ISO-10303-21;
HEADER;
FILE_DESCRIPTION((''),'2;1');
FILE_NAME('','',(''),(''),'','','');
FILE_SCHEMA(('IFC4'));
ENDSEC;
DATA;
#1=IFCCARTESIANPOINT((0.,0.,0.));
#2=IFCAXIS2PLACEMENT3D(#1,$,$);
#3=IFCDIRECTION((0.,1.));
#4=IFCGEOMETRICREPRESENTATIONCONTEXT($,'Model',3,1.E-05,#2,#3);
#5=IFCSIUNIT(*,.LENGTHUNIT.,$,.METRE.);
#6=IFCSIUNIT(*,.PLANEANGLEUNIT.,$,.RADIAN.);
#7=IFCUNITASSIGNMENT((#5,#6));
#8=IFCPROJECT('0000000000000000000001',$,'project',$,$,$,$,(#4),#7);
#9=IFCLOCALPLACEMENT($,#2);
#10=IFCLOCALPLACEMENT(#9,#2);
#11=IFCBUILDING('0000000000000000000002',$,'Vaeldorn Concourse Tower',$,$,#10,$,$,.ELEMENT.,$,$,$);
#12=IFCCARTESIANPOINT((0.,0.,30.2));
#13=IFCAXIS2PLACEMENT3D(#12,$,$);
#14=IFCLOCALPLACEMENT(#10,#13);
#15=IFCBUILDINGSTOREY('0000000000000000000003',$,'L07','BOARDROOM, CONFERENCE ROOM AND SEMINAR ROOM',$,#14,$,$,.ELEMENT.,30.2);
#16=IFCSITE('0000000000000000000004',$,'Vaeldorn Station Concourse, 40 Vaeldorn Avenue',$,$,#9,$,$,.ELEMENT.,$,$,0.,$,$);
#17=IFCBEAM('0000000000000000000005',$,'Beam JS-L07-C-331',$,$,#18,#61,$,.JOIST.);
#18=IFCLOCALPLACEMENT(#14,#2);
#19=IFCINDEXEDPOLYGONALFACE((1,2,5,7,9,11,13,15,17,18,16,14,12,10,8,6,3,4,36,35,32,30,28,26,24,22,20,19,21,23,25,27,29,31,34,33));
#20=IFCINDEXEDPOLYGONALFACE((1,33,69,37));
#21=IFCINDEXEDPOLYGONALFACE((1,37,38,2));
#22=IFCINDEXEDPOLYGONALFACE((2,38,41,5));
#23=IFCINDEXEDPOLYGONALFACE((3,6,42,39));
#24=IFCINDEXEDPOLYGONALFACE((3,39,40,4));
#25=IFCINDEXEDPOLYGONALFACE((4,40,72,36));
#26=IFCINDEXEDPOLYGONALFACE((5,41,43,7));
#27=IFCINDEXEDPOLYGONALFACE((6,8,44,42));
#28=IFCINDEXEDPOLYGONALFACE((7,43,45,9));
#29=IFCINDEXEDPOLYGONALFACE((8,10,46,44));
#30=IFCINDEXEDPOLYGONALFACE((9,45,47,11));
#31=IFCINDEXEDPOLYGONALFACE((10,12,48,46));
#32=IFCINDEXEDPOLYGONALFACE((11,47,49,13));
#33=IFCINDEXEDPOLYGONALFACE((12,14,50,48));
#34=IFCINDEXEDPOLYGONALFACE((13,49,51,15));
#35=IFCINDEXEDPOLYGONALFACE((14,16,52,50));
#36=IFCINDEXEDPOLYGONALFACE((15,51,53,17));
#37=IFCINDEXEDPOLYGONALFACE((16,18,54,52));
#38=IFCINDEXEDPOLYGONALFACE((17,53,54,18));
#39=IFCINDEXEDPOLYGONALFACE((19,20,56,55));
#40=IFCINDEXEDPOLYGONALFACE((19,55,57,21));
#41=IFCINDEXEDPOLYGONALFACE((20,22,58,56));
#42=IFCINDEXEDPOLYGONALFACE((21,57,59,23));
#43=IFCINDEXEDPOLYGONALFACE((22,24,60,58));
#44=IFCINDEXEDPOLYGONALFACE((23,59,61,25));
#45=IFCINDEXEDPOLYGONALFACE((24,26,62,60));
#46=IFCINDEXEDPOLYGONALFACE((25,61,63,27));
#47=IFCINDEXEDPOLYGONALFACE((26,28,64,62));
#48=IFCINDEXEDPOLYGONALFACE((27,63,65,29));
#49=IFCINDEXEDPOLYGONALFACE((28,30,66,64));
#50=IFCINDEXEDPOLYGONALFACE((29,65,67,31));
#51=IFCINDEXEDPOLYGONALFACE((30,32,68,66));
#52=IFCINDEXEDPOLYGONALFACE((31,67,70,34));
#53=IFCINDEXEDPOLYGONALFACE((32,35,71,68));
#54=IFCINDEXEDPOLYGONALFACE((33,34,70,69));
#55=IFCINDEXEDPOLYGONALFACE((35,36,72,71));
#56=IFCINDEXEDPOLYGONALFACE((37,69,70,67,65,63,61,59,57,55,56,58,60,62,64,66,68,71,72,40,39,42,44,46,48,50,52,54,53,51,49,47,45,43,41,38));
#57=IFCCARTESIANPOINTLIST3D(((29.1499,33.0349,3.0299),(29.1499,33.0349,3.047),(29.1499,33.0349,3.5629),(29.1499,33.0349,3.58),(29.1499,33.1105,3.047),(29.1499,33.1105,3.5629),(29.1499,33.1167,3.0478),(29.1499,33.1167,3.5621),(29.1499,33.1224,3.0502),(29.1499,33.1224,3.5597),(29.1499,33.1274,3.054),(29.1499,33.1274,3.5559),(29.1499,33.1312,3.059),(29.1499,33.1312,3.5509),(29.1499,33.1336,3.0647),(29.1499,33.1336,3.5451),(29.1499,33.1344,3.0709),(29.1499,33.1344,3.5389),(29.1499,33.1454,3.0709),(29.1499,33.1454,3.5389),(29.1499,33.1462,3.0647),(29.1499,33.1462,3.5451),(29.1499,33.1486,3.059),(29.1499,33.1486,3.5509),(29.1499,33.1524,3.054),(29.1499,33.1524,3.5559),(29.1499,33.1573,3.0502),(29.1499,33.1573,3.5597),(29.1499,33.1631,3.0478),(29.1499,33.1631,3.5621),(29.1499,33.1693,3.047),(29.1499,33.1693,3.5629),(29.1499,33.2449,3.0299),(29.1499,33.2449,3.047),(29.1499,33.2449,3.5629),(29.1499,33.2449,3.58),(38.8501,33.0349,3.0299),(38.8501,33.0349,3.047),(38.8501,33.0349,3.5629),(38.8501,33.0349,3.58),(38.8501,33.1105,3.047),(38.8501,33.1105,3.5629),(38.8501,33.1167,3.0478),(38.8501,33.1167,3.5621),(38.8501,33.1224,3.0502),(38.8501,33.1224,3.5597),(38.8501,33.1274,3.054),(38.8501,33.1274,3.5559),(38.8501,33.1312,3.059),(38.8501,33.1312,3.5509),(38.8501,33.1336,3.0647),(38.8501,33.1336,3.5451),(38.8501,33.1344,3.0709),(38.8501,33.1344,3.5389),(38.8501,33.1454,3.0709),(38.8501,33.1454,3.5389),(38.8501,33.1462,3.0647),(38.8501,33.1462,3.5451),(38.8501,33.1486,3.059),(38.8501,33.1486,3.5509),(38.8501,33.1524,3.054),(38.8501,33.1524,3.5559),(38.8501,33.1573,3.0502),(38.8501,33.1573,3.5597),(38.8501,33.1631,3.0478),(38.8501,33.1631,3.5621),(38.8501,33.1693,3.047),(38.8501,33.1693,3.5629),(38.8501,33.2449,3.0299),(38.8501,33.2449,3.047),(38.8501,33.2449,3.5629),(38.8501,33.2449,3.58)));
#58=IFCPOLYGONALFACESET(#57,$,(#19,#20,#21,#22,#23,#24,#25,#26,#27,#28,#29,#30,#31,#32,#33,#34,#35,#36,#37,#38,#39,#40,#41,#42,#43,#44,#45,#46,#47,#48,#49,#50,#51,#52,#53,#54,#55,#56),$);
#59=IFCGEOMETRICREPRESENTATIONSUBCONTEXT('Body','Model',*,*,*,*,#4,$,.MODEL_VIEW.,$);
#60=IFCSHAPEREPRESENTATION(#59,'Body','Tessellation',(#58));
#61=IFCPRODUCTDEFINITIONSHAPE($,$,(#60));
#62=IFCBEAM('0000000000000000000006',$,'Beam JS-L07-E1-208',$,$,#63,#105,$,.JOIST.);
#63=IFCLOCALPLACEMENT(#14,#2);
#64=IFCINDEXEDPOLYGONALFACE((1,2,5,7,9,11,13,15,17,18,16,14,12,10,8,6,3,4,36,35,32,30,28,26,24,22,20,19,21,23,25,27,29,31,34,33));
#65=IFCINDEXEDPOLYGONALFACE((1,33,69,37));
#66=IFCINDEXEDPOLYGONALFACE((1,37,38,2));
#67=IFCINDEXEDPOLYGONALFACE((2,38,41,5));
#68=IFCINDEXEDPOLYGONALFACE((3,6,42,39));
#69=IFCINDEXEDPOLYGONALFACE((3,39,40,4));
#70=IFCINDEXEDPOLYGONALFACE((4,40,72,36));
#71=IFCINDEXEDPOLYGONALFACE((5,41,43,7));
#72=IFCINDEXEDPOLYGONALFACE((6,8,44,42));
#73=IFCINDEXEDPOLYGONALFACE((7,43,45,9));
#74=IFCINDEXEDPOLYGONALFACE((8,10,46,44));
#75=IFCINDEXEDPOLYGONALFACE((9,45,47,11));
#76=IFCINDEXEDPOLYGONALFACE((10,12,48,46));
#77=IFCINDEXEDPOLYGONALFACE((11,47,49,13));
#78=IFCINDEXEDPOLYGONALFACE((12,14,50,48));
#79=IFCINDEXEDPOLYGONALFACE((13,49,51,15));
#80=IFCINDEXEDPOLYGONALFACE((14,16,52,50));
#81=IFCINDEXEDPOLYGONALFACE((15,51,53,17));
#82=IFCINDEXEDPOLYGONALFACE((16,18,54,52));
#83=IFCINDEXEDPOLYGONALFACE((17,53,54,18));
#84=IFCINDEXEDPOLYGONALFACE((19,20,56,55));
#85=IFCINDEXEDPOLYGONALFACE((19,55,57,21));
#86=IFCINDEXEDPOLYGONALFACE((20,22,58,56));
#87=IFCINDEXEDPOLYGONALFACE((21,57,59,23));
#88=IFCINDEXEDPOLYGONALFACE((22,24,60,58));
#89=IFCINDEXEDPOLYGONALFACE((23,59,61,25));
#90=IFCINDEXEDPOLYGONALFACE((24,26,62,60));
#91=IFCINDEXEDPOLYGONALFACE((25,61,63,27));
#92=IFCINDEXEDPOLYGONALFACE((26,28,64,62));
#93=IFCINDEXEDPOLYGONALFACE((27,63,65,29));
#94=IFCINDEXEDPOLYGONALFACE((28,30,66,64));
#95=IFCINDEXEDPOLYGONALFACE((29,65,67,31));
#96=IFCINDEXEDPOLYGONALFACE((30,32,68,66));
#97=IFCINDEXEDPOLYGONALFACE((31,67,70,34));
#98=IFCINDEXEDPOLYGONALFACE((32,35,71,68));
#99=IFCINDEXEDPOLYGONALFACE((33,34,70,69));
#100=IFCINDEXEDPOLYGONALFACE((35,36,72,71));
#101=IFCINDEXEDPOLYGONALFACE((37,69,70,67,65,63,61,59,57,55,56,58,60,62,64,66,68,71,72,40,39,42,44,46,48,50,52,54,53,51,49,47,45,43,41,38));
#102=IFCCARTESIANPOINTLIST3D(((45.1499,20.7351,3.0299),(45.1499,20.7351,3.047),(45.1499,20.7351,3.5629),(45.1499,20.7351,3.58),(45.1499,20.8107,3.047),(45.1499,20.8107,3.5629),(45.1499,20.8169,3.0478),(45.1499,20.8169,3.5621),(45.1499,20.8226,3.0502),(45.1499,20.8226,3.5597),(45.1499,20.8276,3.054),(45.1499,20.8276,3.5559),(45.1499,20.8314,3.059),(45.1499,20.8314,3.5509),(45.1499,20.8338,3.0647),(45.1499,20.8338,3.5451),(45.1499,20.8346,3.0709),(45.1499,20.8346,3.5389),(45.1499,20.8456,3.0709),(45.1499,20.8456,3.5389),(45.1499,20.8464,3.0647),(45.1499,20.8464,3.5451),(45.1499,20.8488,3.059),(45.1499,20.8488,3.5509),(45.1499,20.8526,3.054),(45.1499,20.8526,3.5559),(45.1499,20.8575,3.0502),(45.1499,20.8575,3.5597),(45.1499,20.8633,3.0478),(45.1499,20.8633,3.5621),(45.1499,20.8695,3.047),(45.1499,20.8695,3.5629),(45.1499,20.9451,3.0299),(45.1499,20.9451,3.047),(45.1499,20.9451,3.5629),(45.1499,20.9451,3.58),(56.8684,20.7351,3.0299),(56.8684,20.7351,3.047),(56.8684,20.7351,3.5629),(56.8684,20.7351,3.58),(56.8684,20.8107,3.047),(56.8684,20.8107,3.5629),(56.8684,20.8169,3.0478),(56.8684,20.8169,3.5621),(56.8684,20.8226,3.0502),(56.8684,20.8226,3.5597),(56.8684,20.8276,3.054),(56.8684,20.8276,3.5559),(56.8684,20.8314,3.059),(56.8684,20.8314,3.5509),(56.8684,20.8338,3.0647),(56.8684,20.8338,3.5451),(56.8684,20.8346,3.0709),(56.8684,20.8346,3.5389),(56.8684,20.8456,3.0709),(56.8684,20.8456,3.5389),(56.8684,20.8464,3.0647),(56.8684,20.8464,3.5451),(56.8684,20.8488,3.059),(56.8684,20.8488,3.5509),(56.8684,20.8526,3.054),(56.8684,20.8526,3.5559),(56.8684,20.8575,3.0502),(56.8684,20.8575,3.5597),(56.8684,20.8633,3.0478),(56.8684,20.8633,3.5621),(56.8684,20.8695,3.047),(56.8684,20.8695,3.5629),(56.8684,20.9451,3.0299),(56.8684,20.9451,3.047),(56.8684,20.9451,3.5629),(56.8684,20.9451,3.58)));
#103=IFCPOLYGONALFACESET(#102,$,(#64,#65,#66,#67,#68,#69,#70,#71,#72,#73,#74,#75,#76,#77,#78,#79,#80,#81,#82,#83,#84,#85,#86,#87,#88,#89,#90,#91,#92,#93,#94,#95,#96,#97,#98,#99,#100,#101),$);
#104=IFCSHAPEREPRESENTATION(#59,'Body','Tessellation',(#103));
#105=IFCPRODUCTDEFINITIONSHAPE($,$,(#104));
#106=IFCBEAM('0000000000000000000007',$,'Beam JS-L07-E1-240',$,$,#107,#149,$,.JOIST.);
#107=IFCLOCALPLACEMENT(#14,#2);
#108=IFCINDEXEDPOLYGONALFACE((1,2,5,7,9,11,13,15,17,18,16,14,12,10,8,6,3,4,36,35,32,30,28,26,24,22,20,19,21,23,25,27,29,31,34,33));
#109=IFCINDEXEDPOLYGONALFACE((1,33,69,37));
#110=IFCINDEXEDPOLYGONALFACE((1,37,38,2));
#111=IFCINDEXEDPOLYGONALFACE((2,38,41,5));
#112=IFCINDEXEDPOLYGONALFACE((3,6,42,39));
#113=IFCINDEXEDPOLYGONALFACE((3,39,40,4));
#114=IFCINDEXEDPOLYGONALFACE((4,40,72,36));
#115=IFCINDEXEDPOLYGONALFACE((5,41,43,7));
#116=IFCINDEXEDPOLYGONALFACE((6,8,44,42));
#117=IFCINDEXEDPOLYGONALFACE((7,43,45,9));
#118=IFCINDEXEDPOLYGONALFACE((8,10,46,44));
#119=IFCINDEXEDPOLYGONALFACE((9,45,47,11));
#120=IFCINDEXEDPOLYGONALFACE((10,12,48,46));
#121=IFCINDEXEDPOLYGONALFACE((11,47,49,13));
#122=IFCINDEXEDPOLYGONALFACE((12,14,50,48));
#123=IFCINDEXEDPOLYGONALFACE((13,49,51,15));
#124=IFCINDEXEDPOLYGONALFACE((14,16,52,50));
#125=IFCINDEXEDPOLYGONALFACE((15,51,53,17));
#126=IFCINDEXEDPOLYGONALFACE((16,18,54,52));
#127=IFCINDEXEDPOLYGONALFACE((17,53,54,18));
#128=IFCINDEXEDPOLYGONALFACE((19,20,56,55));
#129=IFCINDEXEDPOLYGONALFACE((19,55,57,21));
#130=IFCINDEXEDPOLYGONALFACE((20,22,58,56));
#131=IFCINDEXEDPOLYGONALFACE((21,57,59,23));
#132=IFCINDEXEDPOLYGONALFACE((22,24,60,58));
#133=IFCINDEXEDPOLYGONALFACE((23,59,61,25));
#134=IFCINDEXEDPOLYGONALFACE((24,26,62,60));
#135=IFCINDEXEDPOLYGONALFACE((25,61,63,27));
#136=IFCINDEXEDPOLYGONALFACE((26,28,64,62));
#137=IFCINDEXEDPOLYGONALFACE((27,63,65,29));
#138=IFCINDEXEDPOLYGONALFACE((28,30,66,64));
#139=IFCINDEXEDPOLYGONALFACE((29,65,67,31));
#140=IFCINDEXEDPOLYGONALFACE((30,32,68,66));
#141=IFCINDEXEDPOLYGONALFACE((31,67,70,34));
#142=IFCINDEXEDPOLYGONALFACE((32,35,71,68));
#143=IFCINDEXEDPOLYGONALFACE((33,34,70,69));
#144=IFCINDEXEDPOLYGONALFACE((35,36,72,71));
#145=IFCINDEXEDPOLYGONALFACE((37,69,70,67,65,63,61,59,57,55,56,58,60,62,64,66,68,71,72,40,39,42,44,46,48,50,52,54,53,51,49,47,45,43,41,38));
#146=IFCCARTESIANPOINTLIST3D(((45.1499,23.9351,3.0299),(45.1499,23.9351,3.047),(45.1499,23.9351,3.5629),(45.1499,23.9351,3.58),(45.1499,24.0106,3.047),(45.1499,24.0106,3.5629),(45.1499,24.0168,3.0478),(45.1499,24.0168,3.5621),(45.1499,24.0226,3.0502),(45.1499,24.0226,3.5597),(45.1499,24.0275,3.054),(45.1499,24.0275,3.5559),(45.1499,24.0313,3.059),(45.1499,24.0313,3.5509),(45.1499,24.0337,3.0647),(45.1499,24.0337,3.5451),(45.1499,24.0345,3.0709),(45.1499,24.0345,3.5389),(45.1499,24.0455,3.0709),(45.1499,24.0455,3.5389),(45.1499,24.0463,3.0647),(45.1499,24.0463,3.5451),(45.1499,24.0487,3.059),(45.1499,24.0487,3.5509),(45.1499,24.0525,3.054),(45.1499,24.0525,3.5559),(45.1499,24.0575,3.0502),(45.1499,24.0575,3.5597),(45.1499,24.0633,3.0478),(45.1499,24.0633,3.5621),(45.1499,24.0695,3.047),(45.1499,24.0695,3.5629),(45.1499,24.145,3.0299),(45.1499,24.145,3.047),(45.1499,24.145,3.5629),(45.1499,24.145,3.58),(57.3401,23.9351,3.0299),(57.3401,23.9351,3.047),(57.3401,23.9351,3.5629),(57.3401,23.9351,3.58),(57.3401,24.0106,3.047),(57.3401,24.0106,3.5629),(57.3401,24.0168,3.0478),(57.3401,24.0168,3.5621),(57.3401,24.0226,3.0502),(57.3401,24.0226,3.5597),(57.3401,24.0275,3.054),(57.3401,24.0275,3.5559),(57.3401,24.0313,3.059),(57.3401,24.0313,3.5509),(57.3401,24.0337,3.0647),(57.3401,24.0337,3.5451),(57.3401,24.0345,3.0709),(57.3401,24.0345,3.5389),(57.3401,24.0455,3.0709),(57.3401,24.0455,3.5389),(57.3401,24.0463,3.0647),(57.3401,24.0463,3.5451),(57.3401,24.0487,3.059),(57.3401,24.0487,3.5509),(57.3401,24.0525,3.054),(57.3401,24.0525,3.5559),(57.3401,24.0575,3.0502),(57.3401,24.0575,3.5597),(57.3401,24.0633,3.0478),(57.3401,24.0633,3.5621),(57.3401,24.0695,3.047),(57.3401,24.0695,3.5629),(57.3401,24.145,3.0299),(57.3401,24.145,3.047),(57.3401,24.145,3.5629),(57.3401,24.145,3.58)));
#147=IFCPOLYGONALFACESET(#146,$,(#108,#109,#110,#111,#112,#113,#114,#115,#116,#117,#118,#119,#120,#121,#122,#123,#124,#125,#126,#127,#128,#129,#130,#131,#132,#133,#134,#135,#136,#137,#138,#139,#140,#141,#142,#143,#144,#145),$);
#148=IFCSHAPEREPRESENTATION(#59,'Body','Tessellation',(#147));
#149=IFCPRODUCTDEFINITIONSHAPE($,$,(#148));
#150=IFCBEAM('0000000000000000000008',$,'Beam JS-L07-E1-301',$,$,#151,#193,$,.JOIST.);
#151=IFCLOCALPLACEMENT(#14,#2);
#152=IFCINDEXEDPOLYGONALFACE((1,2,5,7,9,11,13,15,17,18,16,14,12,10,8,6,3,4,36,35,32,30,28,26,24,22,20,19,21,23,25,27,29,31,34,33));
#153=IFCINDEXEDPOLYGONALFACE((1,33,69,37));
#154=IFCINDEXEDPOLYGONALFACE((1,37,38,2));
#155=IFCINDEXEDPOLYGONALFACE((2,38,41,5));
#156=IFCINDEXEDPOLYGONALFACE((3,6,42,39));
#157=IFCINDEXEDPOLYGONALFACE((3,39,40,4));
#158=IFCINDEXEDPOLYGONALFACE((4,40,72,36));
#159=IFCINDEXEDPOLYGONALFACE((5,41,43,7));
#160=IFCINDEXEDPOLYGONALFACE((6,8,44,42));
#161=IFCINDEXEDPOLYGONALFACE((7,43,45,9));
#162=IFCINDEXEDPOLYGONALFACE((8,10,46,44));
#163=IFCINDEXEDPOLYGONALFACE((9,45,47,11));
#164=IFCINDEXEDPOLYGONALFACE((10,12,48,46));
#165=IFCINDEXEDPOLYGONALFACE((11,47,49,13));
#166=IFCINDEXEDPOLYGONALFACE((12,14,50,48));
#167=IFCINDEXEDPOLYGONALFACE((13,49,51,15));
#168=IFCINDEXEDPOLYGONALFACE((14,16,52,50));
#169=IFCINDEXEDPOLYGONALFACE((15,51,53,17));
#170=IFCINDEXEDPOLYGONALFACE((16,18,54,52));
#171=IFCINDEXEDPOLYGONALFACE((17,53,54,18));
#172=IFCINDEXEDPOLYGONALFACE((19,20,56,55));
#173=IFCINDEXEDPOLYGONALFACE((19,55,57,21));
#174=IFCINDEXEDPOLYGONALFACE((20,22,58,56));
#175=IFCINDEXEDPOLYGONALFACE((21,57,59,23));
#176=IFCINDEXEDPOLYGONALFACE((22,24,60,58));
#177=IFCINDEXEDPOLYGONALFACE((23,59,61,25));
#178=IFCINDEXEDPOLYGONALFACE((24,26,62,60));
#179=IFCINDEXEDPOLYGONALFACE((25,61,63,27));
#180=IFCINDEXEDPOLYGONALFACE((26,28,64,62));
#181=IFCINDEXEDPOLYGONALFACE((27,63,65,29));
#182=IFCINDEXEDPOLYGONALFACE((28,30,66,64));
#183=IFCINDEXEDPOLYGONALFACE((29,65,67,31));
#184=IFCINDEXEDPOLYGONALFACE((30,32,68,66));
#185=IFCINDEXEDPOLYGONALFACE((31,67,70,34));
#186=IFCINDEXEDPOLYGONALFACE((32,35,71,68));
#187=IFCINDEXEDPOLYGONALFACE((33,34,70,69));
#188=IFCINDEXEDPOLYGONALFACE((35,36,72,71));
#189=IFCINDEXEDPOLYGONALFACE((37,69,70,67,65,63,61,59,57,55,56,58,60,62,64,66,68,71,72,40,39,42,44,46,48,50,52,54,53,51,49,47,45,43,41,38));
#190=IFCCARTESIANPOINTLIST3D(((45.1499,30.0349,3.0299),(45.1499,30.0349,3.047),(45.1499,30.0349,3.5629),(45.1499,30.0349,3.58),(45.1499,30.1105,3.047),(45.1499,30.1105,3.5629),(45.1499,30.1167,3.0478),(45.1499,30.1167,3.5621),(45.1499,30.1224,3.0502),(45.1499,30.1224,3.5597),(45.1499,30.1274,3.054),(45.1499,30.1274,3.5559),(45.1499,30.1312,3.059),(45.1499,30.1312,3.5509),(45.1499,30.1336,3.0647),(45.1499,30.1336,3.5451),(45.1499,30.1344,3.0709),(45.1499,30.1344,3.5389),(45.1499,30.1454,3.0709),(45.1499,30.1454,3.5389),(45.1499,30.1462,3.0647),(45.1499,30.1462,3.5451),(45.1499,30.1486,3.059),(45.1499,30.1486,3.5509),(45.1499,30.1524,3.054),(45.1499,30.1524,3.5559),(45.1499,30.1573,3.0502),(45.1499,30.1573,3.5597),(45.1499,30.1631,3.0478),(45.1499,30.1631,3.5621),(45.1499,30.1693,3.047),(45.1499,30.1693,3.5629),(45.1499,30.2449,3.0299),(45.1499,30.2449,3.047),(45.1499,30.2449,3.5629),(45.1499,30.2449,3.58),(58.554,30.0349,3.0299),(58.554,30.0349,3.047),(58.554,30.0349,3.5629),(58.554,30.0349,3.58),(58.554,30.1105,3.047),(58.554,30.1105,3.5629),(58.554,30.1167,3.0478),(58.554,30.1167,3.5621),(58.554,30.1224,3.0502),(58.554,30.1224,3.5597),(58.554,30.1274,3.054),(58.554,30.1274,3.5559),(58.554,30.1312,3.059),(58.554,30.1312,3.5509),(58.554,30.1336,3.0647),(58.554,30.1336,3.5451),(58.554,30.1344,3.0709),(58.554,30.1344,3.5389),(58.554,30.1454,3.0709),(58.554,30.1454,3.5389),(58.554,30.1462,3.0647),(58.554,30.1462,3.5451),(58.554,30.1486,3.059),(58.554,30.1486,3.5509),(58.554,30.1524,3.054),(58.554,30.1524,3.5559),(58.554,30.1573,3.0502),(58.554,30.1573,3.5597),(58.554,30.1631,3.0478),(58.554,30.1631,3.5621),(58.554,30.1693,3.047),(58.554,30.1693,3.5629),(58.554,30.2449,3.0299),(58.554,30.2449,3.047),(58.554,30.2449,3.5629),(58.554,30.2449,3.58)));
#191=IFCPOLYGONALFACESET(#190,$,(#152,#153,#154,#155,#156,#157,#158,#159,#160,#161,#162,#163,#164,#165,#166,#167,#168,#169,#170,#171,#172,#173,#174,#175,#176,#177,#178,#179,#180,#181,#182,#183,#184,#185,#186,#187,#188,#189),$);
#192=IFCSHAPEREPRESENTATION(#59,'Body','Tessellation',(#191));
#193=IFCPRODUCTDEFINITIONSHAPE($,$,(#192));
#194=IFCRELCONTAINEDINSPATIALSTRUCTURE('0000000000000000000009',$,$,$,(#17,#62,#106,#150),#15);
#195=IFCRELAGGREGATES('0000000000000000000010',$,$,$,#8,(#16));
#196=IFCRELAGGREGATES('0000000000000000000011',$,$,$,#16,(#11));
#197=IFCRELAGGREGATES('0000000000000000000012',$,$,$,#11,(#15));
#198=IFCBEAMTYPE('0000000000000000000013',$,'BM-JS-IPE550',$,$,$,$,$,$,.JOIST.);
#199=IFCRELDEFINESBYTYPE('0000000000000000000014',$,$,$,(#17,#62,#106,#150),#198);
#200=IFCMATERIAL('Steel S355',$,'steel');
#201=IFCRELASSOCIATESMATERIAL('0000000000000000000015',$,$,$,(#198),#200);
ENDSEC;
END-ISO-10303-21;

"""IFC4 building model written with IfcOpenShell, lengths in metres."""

from ifc_helpers import new_model, si_unit, direction, frame, origin, origin_2d, place, context, subcontext, project, spatial, i_section, extrude, source, transform, mapped, material, material_profile, profile_set, type_object, element, save


model = new_model("IFC4")

# Units and contexts
model_context = context("Model", 3, precision=1e-05, world=origin(), true_north=direction((0.0, 1.0)))
body_context = subcontext(model_context, "Body", "Model", "MODEL_VIEW")
ifc_project = project(units=[si_unit("LENGTHUNIT", "METRE"), si_unit("PLANEANGLEUNIT", "RADIAN")], contexts=[model_context])

# Site, building, storey
site_placement = place(None, origin())
site = spatial("IfcSite", under=ifc_project, at=site_placement, Name="Vaeldorn Station Concourse, 40 Vaeldorn Avenue", CompositionType="ELEMENT", RefElevation=0.0)
building_placement = place(site_placement, origin())
building = spatial("IfcBuilding", under=site, at=building_placement, Name="Vaeldorn Concourse Tower", CompositionType="ELEMENT")
storey_placement = place(building_placement, frame((0.0, 0.0, 30.2)))
storey = spatial("IfcBuildingStorey", under=building, at=storey_placement, Name="L07", Description="BOARDROOM, CONFERENCE ROOM AND SEMINAR ROOM", CompositionType="ELEMENT", Elevation=30.2)

# Beams
ifc_material_1 = material(Name="Steel S355", Category="steel")
ifc_material_profile_1 = material_profile(ifc_material_1, i_section(OverallWidth=0.21, OverallDepth=0.55, WebThickness=0.011, FlangeThickness=0.0171, FilletRadius=0.0239, at=origin_2d()), Name="IPE 550")
ifc_profile_set_1 = profile_set([ifc_material_profile_1], Name="Steel S355")
beam_type_1 = type_object("IfcBeamType", Name="BM-JS-IPE550", PredefinedType="JOIST", material=ifc_profile_set_1)
shared_shape_1 = source(origin(), body_context, "Body", "SweptSolid", [
    extrude(i_section(OverallWidth=0.21, OverallDepth=0.55, WebThickness=0.011, FlangeThickness=0.0171, FilletRadius=0.0239, at=origin_2d()), origin(), (0.0, 0.0, 1.0), 9.7002),
])
for number, where, z_axis, x_axis, name in (
    (1, (29.1499, 33.1399, 3.3049), (1.0, 0.0, 0.0), (0.0, 1.0, 0.0), "Beam JS-L07-C-331"),
):
    element("IfcBeam", number, at=place(storey_placement, frame(where, z_axis=z_axis, x_axis=x_axis)), inside=storey, type_object=beam_type_1, Name=name, PredefinedType="JOIST", context=body_context, shape_type="MappedRepresentation", body=[
        mapped(shared_shape_1, transform((0.0, 0.0, 0.0), scale=1.0)),
    ])
shared_shape_2 = source(origin(), body_context, "Body", "SweptSolid", [
    extrude(i_section(OverallWidth=0.21, OverallDepth=0.55, WebThickness=0.011, FlangeThickness=0.0171, FilletRadius=0.0239, at=origin_2d()), origin(), (0.0, 0.0, 1.0), 11.7185),
])
beam_1_placement = place(storey_placement, frame((45.1499, 20.8401, 3.3049), z_axis=(1.0, 0.0, 0.0), x_axis=(0.0, 1.0, 0.0)))
element("IfcBeam", 2, at=beam_1_placement, inside=storey, type_object=beam_type_1, Name="Beam JS-L07-E1-208", PredefinedType="JOIST", context=body_context, shape_type="MappedRepresentation", body=[
    mapped(shared_shape_2, transform((0.0, 0.0, 0.0), scale=1.0)),
])
shared_shape_3 = source(origin(), body_context, "Body", "SweptSolid", [
    extrude(i_section(OverallWidth=0.21, OverallDepth=0.55, WebThickness=0.011, FlangeThickness=0.0171, FilletRadius=0.0239, at=origin_2d()), origin(), (0.0, 0.0, 1.0), 12.1902),
])
beam_2_placement = place(storey_placement, frame((45.1499, 24.04, 3.3049), z_axis=(1.0, 0.0, 0.0), x_axis=(0.0, 1.0, 0.0)))
element("IfcBeam", 3, at=beam_2_placement, inside=storey, type_object=beam_type_1, Name="Beam JS-L07-E1-240", PredefinedType="JOIST", context=body_context, shape_type="MappedRepresentation", body=[
    mapped(shared_shape_3, transform((0.0, 0.0, 0.0), scale=1.0)),
])
shared_shape_4 = source(origin(), body_context, "Body", "SweptSolid", [
    extrude(i_section(OverallWidth=0.21, OverallDepth=0.55, WebThickness=0.011, FlangeThickness=0.0171, FilletRadius=0.0239, at=origin_2d()), origin(), (0.0, 0.0, 1.0), 13.4041),
])
beam_3_placement = place(storey_placement, frame((45.1499, 30.1399, 3.3049), z_axis=(1.0, 0.0, 0.0), x_axis=(0.0, 1.0, 0.0)))
element("IfcBeam", 4, at=beam_3_placement, inside=storey, type_object=beam_type_1, Name="Beam JS-L07-E1-301", PredefinedType="JOIST", context=body_context, shape_type="MappedRepresentation", body=[
    mapped(shared_shape_4, transform((0.0, 0.0, 0.0), scale=1.0)),
])

save(model, "model.ifc")
